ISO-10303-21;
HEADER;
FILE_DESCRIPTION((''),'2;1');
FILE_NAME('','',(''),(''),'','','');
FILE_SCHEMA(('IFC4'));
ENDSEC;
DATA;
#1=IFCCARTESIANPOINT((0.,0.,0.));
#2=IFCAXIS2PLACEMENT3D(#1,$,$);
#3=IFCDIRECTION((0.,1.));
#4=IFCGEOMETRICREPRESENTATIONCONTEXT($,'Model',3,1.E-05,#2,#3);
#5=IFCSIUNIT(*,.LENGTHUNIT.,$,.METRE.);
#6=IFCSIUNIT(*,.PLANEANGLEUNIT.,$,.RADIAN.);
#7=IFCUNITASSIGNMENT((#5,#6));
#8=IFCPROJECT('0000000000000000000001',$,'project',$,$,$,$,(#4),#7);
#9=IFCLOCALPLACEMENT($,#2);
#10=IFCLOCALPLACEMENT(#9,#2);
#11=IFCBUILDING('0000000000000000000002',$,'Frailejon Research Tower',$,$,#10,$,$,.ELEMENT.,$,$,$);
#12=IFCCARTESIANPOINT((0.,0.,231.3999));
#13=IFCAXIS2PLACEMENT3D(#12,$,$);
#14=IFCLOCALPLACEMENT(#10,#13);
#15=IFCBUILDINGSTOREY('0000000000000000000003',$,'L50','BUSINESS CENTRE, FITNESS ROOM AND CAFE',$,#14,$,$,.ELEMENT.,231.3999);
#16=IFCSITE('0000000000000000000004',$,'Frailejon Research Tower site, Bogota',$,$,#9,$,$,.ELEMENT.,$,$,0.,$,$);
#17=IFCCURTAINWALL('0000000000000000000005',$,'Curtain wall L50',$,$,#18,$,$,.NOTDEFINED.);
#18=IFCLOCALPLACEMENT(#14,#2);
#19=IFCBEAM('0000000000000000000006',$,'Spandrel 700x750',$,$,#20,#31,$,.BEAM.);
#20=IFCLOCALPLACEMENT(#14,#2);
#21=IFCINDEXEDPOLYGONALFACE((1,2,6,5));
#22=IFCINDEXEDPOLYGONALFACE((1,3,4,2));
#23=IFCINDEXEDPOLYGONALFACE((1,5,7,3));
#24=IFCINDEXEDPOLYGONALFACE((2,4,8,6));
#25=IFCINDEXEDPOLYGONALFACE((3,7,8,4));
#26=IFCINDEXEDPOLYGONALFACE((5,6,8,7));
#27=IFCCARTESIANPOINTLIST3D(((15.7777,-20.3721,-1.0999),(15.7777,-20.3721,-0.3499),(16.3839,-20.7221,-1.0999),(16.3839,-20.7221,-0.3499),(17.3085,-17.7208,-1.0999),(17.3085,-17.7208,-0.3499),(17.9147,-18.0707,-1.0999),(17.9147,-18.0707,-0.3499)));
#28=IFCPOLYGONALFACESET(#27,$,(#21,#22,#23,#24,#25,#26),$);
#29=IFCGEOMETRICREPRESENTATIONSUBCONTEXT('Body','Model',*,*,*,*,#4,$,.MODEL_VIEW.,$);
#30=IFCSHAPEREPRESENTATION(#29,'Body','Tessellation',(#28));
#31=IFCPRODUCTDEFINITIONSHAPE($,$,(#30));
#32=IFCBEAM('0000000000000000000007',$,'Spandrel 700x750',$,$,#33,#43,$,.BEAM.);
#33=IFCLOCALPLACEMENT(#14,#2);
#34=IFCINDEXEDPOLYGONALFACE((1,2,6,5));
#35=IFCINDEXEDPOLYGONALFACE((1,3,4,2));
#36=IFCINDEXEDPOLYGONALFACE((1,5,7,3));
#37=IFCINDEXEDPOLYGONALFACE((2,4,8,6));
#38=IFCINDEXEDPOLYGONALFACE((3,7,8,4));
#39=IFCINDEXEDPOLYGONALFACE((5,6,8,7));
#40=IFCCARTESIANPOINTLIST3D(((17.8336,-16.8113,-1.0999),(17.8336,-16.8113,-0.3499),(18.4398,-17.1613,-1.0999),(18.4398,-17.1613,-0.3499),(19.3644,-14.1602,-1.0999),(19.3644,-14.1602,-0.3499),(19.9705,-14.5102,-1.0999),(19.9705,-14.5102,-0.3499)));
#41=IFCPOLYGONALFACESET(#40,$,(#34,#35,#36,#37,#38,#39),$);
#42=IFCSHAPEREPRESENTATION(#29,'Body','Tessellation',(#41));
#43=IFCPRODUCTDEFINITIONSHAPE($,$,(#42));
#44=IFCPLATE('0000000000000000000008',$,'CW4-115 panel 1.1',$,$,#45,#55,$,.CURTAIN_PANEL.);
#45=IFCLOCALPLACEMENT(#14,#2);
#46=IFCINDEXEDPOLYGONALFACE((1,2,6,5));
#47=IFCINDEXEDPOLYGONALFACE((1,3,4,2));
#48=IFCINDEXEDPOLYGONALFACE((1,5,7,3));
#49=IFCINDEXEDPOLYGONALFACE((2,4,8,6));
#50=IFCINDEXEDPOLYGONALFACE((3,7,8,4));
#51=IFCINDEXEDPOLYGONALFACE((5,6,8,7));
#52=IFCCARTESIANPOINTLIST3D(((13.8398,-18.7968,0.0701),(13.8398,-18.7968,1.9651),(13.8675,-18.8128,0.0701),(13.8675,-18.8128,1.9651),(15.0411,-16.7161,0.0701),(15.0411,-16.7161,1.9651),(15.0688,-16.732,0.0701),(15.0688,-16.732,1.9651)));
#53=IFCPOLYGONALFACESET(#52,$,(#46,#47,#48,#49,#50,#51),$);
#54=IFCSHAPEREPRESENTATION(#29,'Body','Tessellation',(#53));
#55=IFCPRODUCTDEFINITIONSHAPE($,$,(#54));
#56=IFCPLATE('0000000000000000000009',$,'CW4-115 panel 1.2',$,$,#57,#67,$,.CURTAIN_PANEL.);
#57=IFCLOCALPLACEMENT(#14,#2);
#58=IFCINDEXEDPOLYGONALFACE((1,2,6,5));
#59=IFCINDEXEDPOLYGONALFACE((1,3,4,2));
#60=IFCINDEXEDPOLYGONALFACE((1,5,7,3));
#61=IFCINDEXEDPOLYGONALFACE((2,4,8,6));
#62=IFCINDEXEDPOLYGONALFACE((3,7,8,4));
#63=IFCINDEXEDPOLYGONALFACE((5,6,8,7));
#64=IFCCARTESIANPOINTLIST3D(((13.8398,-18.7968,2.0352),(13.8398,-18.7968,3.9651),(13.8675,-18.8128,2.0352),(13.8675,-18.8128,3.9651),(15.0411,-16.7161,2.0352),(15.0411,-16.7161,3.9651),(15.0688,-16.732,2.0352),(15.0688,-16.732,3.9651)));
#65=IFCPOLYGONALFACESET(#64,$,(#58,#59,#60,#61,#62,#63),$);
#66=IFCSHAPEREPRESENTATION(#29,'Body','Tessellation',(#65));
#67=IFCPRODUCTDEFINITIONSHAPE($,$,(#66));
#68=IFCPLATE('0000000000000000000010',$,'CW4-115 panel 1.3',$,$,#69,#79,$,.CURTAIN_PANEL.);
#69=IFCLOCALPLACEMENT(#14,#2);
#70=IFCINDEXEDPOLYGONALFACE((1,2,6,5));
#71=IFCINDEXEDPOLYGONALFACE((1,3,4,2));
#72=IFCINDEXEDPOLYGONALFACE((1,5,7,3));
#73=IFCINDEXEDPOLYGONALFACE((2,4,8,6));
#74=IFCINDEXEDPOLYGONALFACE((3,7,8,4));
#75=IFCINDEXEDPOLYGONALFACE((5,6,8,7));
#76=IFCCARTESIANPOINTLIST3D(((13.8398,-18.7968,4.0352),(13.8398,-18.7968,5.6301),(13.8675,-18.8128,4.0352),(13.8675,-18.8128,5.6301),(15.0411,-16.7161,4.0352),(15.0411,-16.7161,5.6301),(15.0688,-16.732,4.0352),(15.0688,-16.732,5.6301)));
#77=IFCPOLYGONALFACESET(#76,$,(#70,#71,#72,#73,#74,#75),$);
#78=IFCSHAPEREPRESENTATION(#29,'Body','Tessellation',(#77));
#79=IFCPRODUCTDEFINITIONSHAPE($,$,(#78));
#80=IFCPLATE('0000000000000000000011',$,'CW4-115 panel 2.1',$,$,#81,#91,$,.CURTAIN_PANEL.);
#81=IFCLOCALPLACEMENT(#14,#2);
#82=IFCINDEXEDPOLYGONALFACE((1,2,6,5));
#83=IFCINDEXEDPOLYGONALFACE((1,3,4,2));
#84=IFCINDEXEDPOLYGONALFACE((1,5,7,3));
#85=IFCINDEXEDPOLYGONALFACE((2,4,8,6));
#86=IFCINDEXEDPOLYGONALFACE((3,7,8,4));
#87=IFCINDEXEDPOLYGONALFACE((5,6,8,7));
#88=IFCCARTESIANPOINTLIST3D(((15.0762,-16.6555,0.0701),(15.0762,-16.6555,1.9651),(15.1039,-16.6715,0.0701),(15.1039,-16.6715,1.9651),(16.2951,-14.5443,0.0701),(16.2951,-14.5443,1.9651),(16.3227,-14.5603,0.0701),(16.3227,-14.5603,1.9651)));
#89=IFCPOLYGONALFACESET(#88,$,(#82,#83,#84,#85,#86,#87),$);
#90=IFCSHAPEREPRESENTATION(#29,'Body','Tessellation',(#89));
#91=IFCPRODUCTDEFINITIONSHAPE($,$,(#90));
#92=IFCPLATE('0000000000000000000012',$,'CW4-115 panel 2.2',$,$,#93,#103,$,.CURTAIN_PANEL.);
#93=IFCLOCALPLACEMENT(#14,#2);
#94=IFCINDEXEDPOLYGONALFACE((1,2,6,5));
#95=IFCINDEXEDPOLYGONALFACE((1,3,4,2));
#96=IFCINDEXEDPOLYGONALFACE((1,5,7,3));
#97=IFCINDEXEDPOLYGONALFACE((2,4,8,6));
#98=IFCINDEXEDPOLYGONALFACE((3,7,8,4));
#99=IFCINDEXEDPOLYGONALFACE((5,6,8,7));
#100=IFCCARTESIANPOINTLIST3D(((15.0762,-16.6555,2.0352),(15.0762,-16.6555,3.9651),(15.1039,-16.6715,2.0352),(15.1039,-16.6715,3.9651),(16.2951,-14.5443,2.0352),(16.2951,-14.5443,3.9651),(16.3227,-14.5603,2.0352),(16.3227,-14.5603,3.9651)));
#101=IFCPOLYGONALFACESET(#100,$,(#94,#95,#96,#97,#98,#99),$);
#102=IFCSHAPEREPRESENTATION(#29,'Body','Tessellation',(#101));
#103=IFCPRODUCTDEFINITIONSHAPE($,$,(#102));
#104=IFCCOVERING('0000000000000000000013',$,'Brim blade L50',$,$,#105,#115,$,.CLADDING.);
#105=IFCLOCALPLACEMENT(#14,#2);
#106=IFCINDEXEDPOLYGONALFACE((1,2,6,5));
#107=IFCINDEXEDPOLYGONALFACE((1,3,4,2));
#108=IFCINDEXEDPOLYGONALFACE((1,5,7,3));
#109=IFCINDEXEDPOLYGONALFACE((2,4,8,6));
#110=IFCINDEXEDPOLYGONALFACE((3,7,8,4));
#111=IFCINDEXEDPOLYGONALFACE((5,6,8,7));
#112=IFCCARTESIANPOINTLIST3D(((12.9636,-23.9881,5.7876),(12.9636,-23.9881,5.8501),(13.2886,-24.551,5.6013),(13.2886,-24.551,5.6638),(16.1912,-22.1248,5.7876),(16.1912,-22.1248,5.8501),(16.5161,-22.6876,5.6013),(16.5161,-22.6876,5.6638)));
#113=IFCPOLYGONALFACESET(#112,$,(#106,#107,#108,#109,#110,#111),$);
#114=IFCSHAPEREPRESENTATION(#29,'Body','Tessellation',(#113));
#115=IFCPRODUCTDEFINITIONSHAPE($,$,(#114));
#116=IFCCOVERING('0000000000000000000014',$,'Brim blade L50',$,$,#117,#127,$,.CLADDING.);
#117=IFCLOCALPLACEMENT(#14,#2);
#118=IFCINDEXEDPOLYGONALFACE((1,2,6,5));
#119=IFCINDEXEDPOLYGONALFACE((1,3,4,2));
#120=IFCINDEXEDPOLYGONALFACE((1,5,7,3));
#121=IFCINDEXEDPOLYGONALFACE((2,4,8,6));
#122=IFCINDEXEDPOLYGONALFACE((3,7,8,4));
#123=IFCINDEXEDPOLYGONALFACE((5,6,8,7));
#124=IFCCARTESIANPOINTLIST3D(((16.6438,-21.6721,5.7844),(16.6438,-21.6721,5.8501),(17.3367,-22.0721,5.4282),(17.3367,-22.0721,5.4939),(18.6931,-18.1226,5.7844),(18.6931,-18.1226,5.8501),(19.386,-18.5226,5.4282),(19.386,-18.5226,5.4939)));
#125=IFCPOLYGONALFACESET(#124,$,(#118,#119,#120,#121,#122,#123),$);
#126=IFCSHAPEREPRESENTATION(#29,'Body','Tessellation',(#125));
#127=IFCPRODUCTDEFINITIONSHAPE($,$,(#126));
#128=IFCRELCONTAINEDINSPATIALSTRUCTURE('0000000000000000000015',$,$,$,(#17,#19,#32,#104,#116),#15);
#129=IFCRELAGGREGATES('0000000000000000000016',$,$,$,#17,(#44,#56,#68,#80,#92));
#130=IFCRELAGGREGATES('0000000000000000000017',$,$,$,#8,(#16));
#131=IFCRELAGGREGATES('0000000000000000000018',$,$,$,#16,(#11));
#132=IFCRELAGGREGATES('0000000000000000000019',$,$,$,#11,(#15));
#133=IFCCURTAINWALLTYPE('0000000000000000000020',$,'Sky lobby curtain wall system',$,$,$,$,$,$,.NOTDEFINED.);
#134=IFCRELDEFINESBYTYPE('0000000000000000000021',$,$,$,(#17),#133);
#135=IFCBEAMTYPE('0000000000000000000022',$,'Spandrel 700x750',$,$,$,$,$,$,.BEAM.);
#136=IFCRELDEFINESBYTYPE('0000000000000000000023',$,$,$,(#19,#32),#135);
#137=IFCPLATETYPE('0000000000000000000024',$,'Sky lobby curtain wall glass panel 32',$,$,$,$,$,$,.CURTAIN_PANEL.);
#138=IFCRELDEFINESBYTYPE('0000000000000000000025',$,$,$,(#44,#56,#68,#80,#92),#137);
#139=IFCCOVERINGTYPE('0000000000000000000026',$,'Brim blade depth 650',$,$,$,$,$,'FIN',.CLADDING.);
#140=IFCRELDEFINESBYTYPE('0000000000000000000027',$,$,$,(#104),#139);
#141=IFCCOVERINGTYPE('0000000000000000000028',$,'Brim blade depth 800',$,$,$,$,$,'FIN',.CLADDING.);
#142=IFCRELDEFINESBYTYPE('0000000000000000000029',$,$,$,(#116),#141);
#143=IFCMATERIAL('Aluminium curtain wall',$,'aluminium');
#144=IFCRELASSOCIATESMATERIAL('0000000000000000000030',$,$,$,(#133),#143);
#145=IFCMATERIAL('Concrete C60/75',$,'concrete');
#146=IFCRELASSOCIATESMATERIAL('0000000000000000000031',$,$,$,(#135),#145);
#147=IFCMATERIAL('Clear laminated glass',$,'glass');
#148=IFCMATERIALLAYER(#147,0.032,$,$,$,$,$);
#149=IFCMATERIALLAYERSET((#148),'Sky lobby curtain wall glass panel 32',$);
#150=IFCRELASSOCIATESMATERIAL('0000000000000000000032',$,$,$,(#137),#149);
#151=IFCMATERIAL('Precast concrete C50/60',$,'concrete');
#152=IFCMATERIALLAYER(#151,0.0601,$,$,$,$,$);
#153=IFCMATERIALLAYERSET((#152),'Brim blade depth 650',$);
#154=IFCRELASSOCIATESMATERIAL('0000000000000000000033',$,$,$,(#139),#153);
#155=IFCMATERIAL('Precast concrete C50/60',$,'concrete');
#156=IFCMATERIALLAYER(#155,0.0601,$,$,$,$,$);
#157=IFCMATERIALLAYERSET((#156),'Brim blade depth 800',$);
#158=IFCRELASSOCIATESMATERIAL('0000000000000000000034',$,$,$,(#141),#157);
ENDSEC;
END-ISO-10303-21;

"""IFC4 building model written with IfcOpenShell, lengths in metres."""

from ifc_helpers import new_model, si_unit, direction, frame, origin, origin_2d, place, context, subcontext, project, spatial, polyline, rectangle, outline, extrude, material, layer, layer_set, material_profile, profile_set, type_object, element, aggregate, save


model = new_model("IFC4")

# Units and contexts
model_context = context("Model", 3, precision=1e-05, world=origin(), true_north=direction((0.0, 1.0)))
body_context = subcontext(model_context, "Body", "Model", "MODEL_VIEW")
ifc_project = project(units=[si_unit("LENGTHUNIT", "METRE"), si_unit("PLANEANGLEUNIT", "RADIAN")], contexts=[model_context])

# Site, building, storey
site_placement = place(None, origin())
site = spatial("IfcSite", under=ifc_project, at=site_placement, Name="Frailejon Research Tower site, Bogota", CompositionType="ELEMENT", RefElevation=0.0)
building_placement = place(site_placement, origin())
building = spatial("IfcBuilding", under=site, at=building_placement, Name="Frailejon Research Tower", CompositionType="ELEMENT")
storey_placement = place(building_placement, frame((0.0, 0.0, 231.3999)))
storey = spatial("IfcBuildingStorey", under=building, at=storey_placement, Name="L50", Description="BUSINESS CENTRE, FITNESS ROOM AND CAFE", CompositionType="ELEMENT", Elevation=231.3999)

# Curtain wall
ifc_material_1 = material(Name="Aluminium curtain wall", Category="aluminium")
curtain_wall_type = type_object("IfcCurtainWallType", Name="Sky lobby curtain wall system", PredefinedType="NOTDEFINED", material=ifc_material_1)
curtain_wall_placement = place(storey_placement, origin())
curtain_wall = element("IfcCurtainWall", 1, at=curtain_wall_placement, inside=storey, type_object=curtain_wall_type, Name="Curtain wall L50", PredefinedType="NOTDEFINED")

# Beams
ifc_material_2 = material(Name="Concrete C60/75", Category="concrete")
ifc_material_profile_1 = material_profile(ifc_material_2, rectangle(XDim=0.7, YDim=0.75, at=origin_2d()), Name="Spandrel 700x750")
ifc_profile_set_1 = profile_set([ifc_material_profile_1], Name="Concrete C60/75")
beam_type_1 = type_object("IfcBeamType", Name="Spandrel 700x750", PredefinedType="BEAM", material=ifc_profile_set_1)
beam_1_placement = place(storey_placement, frame((16.0808, -20.5471, -0.7249), z_axis=(0.499999, 0.866026, 0.0), x_axis=(-0.866026, 0.499999, 0.0)))
element("IfcBeam", 2, at=beam_1_placement, inside=storey, type_object=beam_type_1, Name="Spandrel 700x750", PredefinedType="BEAM", context=body_context, shape_type="SweptSolid", body=[
    extrude(rectangle(XDim=0.7, YDim=0.75, at=origin_2d()), origin(), (0.0, 0.0, 1.0), 3.0615),
])
beam_2_placement = place(storey_placement, frame((18.1367, -16.9863, -0.7249), z_axis=(0.500033, 0.866006, 0.0), x_axis=(-0.866006, 0.500033, 0.0)))
element("IfcBeam", 3, at=beam_2_placement, inside=storey, type_object=beam_type_1, Name="Spandrel 700x750", PredefinedType="BEAM", context=body_context, shape_type="SweptSolid", body=[
    extrude(rectangle(XDim=0.7, YDim=0.75, at=origin_2d()), origin(), (0.0, 0.0, 1.0), 3.0613),
])

# Plates
ifc_material_3 = material(Name="Clear laminated glass", Category="glass")
ifc_layer_1 = layer(ifc_material_3, 0.032)
ifc_layer_set_1 = layer_set([ifc_layer_1], Name="Sky lobby curtain wall glass panel 32")
plate_type = type_object("IfcPlateType", Name="Sky lobby curtain wall glass panel 32", PredefinedType="CURTAIN_PANEL", material=ifc_layer_set_1)
plate_1_placement = place(storey_placement, frame((14.4543, -17.7644, 0.0701), z_axis=(0.0, 0.0, 1.0), x_axis=(0.500001, 0.866025, 0.0)))
plate_1 = element("IfcPlate", 4, at=plate_1_placement, type_object=plate_type, Name="CW4-115 panel 1.1", PredefinedType="CURTAIN_PANEL", context=body_context, shape_type="SweptSolid", body=[
    extrude(rectangle(XDim=2.4026, YDim=0.032, at=origin_2d()), origin(), (0.0, 0.0, 1.0), 1.895),
])
plate_2_placement = place(storey_placement, frame((14.4543, -17.7644, 2.0352), z_axis=(0.0, 0.0, 1.0), x_axis=(0.500001, 0.866025, 0.0)))
plate_2 = element("IfcPlate", 5, at=plate_2_placement, type_object=plate_type, Name="CW4-115 panel 1.2", PredefinedType="CURTAIN_PANEL", context=body_context, shape_type="SweptSolid", body=[
    extrude(rectangle(XDim=2.4026, YDim=0.032, at=origin_2d()), origin(), (0.0, 0.0, 1.0), 1.9299),
])
plate_3_placement = place(storey_placement, frame((14.4543, -17.7644, 4.0352), z_axis=(0.0, 0.0, 1.0), x_axis=(0.500001, 0.866025, 0.0)))
plate_3 = element("IfcPlate", 6, at=plate_3_placement, type_object=plate_type, Name="CW4-115 panel 1.3", PredefinedType="CURTAIN_PANEL", context=body_context, shape_type="SweptSolid", body=[
    extrude(rectangle(XDim=2.4026, YDim=0.032, at=origin_2d()), origin(), (0.0, 0.0, 1.0), 1.595),
])
plate_4_placement = place(storey_placement, frame((15.6995, -15.6079, 0.0701), z_axis=(0.0, 0.0, 1.0), x_axis=(0.500001, 0.866025, 0.0)))
plate_4 = element("IfcPlate", 7, at=plate_4_placement, type_object=plate_type, Name="CW4-115 panel 2.1", PredefinedType="CURTAIN_PANEL", context=body_context, shape_type="SweptSolid", body=[
    extrude(rectangle(XDim=2.4377, YDim=0.032, at=origin_2d()), origin(), (0.0, 0.0, 1.0), 1.895),
])
plate_5_placement = place(storey_placement, frame((15.6995, -15.6079, 2.0352), z_axis=(0.0, 0.0, 1.0), x_axis=(0.500001, 0.866025, 0.0)))
plate_5 = element("IfcPlate", 8, at=plate_5_placement, type_object=plate_type, Name="CW4-115 panel 2.2", PredefinedType="CURTAIN_PANEL", context=body_context, shape_type="SweptSolid", body=[
    extrude(rectangle(XDim=2.4377, YDim=0.032, at=origin_2d()), origin(), (0.0, 0.0, 1.0), 1.9299),
])
aggregate(curtain_wall, [plate_1, plate_2, plate_3, plate_4, plate_5])

# Coverings
ifc_material_4 = material(Name="Precast concrete C50/60", Category="concrete")
ifc_layer_2 = layer(ifc_material_4, 0.0601)
ifc_layer_set_2 = layer_set([ifc_layer_2], Name="Brim blade depth 650")
covering_type_1 = type_object("IfcCoveringType", Name="Brim blade depth 650", ElementType="FIN", PredefinedType="CLADDING", material=ifc_layer_set_2)
covering_1_placement = place(storey_placement, frame((16.1912, -22.1248, 5.8501), z_axis=(-0.86603, -0.499992, 0.0), x_axis=(0.499992, -0.86603, 0.0)))
element("IfcCovering", 9, at=covering_1_placement, inside=storey, type_object=covering_type_1, Name="Brim blade L50", PredefinedType="CLADDING", context=body_context, shape_type="SweptSolid", body=[
    extrude(outline(polyline([(0.0, -0.0625), (0.6499, -0.2488), (0.6499, -0.1863), (0.0, 0.0), (0.0, -0.0625)])), origin(), (0.0, 0.0, 1.0), 3.7268),
])
ifc_material_5 = material(Name="Precast concrete C50/60", Category="concrete")
ifc_layer_3 = layer(ifc_material_5, 0.0601)
ifc_layer_set_3 = layer_set([ifc_layer_3], Name="Brim blade depth 800")
covering_type_2 = type_object("IfcCoveringType", Name="Brim blade depth 800", ElementType="FIN", PredefinedType="CLADDING", material=ifc_layer_set_3)
covering_2_placement = place(storey_placement, frame((18.6931, -18.1226, 5.8501), z_axis=(-0.499989, -0.866032, 0.0), x_axis=(0.866032, -0.499989, 0.0)))
element("IfcCovering", 10, at=covering_2_placement, inside=storey, type_object=covering_type_2, Name="Brim blade L50", PredefinedType="CLADDING", context=body_context, shape_type="SweptSolid", body=[
    extrude(outline(polyline([(0.0, -0.0657), (0.8, -0.4219), (0.8, -0.3562), (0.0, 0.0), (0.0, -0.0657)])), origin(), (0.0, 0.0, 1.0), 4.0986),
])

save(model, "model.ifc")
